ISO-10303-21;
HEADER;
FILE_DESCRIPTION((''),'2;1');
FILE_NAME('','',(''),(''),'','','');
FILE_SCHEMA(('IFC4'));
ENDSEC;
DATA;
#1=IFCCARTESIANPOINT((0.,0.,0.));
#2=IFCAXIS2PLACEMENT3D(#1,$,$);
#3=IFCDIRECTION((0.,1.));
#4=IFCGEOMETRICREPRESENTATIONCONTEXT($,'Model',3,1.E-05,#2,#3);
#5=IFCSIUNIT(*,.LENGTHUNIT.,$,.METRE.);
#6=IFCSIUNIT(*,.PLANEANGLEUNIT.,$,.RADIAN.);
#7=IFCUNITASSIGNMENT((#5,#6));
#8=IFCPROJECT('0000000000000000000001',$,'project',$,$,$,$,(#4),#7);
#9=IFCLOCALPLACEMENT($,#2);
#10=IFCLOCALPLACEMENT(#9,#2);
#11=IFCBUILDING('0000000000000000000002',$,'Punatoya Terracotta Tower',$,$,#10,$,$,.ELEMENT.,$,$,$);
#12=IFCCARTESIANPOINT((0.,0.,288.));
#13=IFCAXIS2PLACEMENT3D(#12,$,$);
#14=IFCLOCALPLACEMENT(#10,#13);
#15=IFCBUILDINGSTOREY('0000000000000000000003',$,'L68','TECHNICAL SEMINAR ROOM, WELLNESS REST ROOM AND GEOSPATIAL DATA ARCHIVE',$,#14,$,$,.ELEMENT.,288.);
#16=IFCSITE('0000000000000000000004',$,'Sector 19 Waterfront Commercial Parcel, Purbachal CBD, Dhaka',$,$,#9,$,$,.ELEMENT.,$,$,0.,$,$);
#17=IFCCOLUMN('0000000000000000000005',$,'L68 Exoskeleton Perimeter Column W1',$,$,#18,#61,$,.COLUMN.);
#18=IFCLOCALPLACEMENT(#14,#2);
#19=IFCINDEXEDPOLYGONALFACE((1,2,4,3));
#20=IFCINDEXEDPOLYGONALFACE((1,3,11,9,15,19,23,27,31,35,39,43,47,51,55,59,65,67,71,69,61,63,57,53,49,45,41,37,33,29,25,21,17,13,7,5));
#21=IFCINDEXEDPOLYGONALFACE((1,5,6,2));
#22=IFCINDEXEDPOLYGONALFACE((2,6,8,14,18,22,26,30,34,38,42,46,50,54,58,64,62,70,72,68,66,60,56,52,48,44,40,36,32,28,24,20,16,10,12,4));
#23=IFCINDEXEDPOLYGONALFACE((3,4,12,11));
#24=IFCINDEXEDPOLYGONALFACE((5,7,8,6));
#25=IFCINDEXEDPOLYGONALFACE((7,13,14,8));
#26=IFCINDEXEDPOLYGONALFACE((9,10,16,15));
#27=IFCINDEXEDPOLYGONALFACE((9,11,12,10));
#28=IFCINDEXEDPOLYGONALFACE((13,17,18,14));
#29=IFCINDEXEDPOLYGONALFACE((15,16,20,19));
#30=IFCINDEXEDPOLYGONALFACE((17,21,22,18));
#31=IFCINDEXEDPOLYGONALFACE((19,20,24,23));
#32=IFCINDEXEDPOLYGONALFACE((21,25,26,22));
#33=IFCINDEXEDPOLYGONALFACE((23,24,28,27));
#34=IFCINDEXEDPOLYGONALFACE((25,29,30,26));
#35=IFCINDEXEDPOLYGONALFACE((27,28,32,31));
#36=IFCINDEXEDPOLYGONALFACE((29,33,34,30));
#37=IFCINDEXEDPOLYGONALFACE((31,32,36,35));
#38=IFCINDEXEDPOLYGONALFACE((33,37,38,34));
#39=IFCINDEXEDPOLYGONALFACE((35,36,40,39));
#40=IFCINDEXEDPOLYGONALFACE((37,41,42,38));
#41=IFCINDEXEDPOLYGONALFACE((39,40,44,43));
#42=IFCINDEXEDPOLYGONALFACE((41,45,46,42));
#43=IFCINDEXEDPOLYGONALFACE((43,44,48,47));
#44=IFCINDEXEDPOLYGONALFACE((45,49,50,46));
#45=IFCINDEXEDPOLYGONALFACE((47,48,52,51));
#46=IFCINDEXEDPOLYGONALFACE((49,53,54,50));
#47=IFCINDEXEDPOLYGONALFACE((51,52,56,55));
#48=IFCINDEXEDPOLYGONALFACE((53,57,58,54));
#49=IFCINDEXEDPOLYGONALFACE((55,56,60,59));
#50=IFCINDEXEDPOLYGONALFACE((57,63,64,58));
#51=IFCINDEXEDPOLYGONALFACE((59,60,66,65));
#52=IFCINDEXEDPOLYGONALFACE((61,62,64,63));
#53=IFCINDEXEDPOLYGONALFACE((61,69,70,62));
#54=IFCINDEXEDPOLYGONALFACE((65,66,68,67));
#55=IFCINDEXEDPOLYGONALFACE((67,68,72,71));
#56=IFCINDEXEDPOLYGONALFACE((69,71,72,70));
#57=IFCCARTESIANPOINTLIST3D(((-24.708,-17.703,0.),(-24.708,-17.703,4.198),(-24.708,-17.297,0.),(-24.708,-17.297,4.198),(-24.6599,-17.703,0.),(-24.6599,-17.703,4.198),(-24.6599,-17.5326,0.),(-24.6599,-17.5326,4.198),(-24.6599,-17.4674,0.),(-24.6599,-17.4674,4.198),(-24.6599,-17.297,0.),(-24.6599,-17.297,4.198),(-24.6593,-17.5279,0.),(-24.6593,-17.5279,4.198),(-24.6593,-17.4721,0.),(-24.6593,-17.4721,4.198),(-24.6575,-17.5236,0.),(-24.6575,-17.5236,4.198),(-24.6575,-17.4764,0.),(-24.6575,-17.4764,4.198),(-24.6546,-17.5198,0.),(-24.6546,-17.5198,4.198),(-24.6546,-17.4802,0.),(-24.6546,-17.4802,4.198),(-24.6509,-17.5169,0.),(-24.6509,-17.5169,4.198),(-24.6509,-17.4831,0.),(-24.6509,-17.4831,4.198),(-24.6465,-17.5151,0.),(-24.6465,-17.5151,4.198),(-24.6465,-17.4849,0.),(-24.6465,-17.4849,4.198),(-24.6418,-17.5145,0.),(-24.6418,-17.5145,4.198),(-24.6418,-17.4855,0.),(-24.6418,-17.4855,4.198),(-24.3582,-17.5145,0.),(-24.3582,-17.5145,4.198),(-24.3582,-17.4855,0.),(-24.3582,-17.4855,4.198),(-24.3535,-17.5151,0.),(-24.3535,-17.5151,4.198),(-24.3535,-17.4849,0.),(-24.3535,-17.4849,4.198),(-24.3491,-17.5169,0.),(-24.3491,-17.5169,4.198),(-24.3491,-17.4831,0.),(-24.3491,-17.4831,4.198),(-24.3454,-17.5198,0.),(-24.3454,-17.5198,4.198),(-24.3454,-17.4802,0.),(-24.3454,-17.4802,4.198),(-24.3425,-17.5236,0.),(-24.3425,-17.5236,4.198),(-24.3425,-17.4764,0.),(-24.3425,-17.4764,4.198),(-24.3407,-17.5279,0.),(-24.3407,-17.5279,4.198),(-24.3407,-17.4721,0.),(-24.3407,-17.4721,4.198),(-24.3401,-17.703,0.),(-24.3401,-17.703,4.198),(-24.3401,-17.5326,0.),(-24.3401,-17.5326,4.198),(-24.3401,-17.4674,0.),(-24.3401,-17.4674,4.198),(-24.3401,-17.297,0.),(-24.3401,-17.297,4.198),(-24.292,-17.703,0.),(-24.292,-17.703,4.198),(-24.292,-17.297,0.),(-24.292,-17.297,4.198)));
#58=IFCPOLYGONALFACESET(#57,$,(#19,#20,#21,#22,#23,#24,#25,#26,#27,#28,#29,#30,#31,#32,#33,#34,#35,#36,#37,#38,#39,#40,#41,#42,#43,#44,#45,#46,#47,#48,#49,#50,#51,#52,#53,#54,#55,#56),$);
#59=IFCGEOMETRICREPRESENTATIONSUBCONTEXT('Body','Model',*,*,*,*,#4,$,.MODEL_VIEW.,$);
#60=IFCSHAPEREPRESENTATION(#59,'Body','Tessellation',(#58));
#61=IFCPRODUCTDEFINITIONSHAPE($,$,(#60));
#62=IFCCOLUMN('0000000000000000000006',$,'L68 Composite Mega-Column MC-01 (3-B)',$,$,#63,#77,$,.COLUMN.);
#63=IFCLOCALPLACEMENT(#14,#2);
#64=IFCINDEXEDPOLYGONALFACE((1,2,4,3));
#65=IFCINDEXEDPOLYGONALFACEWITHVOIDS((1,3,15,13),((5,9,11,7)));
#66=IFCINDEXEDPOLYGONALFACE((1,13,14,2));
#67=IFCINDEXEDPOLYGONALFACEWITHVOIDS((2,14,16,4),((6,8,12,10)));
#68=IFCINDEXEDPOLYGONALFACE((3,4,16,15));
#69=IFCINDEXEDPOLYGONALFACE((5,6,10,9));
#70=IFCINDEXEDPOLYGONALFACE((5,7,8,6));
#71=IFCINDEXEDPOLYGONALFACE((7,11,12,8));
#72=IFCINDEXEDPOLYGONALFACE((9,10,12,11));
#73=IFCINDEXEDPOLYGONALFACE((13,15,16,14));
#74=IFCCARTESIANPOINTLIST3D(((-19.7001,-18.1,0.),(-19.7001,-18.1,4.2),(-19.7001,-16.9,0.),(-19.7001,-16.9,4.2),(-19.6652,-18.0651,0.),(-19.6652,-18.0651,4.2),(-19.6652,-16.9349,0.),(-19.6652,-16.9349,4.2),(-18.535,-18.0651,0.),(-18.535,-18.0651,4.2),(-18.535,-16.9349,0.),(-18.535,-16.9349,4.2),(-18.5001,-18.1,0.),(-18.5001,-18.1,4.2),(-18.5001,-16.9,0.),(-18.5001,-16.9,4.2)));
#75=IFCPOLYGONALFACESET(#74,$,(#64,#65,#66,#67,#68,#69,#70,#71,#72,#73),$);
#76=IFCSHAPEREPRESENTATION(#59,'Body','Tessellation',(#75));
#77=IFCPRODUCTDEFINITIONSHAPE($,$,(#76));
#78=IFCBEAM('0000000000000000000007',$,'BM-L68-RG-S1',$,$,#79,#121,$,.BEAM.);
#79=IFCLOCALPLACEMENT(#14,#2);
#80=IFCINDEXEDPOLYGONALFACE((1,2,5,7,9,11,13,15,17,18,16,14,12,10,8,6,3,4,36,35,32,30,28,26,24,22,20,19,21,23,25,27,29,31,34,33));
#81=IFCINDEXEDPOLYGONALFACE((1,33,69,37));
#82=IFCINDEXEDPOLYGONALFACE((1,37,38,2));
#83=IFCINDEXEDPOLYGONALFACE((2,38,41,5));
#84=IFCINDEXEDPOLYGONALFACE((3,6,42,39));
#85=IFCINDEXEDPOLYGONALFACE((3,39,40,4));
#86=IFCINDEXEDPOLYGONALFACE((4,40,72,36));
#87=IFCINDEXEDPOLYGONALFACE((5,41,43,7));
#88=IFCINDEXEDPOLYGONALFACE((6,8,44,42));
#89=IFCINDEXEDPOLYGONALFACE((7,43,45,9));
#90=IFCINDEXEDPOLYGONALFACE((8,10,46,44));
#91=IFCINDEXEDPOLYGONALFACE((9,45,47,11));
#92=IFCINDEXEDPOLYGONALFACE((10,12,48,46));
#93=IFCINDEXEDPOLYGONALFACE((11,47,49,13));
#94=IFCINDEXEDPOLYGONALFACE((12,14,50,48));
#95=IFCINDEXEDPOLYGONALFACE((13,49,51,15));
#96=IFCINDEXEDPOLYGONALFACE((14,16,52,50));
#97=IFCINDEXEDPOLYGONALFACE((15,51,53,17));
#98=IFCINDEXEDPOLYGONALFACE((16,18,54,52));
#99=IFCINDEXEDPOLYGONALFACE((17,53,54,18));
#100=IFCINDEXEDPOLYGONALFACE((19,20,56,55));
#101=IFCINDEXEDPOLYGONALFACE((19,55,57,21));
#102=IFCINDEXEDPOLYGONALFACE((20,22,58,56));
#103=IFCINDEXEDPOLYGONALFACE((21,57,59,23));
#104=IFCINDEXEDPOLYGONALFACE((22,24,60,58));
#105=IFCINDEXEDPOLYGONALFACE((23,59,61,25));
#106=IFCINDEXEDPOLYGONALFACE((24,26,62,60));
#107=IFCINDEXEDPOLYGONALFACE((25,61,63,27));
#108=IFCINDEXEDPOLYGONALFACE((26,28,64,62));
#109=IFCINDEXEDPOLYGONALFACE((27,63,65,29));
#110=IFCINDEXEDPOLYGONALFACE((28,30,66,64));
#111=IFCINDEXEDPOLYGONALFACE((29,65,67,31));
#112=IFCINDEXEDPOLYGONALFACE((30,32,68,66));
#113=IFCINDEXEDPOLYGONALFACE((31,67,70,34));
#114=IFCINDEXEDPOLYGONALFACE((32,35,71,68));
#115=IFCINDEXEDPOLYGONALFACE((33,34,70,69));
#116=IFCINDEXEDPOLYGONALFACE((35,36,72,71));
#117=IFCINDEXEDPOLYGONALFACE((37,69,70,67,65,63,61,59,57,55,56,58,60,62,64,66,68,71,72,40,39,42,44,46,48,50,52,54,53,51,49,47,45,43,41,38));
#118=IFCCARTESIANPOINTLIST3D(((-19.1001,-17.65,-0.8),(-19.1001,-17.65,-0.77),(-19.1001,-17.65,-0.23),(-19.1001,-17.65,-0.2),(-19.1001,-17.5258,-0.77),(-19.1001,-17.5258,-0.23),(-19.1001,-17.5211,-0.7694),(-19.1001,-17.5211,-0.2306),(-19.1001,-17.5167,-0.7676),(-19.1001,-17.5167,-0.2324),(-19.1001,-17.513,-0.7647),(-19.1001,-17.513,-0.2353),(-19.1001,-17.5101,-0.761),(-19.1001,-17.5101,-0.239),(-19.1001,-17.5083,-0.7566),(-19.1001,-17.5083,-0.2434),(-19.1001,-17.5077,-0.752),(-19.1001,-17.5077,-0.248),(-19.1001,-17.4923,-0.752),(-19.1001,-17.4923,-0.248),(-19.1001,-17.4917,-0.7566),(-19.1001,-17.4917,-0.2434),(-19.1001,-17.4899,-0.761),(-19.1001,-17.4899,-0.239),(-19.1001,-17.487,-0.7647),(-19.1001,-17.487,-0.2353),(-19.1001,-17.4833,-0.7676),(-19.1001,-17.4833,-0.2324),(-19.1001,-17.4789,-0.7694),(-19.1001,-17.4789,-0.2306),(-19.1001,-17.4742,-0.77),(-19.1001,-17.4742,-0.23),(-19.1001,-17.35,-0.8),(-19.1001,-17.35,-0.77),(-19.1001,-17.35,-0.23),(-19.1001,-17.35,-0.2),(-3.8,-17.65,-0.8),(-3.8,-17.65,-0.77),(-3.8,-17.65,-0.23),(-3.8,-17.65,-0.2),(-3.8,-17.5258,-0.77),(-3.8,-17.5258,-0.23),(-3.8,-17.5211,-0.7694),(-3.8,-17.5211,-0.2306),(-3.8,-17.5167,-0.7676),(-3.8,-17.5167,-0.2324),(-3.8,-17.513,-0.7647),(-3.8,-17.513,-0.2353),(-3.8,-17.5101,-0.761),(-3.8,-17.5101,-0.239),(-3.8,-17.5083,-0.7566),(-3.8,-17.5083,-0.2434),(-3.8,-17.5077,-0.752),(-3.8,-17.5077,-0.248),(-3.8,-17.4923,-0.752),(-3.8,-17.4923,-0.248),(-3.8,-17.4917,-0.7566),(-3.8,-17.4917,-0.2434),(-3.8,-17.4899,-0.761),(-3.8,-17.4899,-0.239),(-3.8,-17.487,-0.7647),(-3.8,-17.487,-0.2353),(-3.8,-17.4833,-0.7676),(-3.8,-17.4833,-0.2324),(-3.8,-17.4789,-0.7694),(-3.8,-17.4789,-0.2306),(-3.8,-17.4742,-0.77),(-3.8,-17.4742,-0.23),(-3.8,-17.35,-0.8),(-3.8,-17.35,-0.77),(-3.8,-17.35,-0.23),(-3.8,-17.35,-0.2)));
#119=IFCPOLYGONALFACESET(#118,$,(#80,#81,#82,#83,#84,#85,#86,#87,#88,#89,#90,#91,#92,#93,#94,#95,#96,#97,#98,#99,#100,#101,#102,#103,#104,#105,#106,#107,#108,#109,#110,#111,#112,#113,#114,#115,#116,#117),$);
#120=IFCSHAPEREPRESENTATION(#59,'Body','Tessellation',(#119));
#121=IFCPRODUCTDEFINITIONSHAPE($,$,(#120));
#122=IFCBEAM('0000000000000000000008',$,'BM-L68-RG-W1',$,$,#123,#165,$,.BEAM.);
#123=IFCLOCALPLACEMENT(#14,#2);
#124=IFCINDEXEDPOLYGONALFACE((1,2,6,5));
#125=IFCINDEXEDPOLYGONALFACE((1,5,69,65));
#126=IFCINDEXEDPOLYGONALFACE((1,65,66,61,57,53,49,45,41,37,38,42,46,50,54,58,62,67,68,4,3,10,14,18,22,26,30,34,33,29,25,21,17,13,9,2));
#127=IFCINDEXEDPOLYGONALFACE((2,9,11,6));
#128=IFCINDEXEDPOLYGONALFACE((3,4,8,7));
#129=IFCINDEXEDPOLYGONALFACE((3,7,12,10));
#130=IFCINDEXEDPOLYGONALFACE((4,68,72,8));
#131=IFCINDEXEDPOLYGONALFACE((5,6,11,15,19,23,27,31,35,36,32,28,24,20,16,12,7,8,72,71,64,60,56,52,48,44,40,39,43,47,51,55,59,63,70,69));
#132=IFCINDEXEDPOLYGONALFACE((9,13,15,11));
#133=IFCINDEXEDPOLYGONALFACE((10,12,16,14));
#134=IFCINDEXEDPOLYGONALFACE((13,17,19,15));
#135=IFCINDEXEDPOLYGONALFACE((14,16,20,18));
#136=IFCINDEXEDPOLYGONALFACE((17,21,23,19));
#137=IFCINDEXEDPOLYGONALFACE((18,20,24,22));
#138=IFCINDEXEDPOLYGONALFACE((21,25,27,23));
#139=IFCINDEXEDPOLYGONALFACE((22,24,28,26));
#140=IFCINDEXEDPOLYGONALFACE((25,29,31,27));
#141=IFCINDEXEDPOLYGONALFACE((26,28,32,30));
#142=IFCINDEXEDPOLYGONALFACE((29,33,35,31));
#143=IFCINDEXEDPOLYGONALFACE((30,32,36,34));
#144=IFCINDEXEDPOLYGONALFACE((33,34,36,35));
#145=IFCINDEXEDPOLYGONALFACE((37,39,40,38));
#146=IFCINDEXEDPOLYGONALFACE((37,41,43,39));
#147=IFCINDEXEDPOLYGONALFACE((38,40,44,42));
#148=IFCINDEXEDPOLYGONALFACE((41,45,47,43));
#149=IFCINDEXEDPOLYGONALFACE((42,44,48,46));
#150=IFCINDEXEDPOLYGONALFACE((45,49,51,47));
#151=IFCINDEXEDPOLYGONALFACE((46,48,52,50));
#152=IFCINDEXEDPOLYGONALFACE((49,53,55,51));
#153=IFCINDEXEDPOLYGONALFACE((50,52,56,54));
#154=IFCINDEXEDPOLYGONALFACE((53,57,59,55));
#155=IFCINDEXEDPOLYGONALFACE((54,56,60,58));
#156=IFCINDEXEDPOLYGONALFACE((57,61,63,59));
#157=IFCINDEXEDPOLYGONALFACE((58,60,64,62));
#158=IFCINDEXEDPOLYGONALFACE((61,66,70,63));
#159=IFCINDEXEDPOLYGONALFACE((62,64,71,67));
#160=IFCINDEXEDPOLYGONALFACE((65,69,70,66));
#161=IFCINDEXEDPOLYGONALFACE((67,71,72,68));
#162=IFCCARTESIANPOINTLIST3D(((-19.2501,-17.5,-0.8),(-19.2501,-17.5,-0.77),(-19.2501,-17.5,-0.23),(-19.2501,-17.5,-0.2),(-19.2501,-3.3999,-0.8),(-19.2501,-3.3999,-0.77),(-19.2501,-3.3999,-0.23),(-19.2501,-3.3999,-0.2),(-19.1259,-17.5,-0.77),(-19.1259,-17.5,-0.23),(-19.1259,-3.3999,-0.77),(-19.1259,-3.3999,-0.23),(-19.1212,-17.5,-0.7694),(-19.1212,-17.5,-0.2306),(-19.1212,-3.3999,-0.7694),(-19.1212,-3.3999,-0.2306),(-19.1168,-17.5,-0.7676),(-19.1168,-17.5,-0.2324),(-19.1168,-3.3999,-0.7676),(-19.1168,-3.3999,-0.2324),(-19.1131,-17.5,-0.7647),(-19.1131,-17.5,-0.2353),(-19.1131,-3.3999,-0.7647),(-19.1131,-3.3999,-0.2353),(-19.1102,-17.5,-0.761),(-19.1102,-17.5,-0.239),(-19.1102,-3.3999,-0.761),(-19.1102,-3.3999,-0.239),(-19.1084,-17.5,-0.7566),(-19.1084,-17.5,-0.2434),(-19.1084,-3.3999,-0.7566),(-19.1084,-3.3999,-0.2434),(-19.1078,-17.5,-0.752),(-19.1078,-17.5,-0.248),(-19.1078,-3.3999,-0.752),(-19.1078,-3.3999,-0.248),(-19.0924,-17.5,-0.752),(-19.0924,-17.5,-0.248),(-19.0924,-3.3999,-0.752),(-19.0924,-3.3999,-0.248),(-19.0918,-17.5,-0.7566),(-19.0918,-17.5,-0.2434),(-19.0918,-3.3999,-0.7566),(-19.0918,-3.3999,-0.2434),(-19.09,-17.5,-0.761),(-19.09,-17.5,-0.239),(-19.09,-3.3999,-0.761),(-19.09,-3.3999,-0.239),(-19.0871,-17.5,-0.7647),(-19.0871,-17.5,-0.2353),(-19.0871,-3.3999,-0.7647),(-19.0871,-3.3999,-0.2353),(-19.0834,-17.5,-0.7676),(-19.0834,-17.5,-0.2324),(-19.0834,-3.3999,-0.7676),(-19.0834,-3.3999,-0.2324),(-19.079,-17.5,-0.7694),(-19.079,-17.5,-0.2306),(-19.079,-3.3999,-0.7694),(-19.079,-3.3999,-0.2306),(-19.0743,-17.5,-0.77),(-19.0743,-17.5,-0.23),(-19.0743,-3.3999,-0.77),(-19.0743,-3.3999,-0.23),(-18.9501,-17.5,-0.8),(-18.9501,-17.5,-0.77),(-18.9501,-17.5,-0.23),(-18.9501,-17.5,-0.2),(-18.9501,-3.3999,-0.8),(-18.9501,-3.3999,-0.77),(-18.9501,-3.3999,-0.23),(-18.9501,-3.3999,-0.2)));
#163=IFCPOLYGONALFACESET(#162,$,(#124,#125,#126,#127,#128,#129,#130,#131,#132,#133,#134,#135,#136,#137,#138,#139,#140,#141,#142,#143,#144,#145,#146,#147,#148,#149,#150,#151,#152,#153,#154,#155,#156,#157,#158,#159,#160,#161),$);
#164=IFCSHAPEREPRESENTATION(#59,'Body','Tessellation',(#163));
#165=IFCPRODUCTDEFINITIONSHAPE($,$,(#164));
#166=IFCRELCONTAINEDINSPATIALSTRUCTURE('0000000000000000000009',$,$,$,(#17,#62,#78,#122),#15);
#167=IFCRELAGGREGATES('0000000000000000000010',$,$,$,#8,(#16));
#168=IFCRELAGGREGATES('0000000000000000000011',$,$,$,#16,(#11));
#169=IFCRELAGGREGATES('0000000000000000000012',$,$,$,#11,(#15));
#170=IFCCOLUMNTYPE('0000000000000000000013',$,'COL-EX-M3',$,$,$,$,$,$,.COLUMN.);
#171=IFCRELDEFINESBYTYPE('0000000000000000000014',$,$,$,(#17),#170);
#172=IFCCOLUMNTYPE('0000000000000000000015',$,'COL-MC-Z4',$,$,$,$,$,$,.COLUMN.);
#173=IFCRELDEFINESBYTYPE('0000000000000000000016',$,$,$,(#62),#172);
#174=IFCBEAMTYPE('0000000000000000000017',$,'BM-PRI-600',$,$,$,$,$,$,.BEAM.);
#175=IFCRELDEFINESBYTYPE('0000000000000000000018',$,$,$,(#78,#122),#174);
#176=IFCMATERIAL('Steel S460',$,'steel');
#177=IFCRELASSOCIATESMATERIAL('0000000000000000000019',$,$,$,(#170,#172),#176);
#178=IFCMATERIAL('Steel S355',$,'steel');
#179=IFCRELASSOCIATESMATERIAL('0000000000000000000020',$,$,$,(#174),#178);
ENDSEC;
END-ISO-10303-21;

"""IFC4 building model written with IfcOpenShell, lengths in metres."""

from ifc_helpers import new_model, si_unit, direction, frame, origin, origin_2d, place, context, subcontext, project, spatial, hollow_rectangle, i_section, extrude, material, material_profile, profile_set, type_object, element, save


model = new_model("IFC4")

# Units and contexts
model_context = context("Model", 3, precision=1e-05, world=origin(), true_north=direction((0.0, 1.0)))
body_context = subcontext(model_context, "Body", "Model", "MODEL_VIEW")
ifc_project = project(units=[si_unit("LENGTHUNIT", "METRE"), si_unit("PLANEANGLEUNIT", "RADIAN")], contexts=[model_context])

# Site, building, storey
site_placement = place(None, origin())
site = spatial("IfcSite", under=ifc_project, at=site_placement, Name="Sector 19 Waterfront Commercial Parcel, Purbachal CBD, Dhaka", CompositionType="ELEMENT", RefElevation=0.0)
building_placement = place(site_placement, origin())
building = spatial("IfcBuilding", under=site, at=building_placement, Name="Punatoya Terracotta Tower", CompositionType="ELEMENT")
storey_placement = place(building_placement, frame((0.0, 0.0, 288.0)))
storey = spatial("IfcBuildingStorey", under=building, at=storey_placement, Name="L68", Description="TECHNICAL SEMINAR ROOM, WELLNESS REST ROOM AND GEOSPATIAL DATA ARCHIVE", CompositionType="ELEMENT", Elevation=288.0)

# Columns
ifc_material_1 = material(Name="Steel S460", Category="steel")
ifc_material_profile_1 = material_profile(ifc_material_1, i_section(OverallWidth=0.406, OverallDepth=0.416, WebThickness=0.0291, FlangeThickness=0.0481, FilletRadius=0.0181, at=origin_2d()))
ifc_profile_set_1 = profile_set([ifc_material_profile_1], Name="Steel S460")
column_type_1 = type_object("IfcColumnType", Name="COL-EX-M3", PredefinedType="COLUMN", material=ifc_profile_set_1)
column_1_placement = place(storey_placement, frame((-24.5, -17.5, 0.0), z_axis=(0.0, 0.0, 1.0), x_axis=(0.0, 1.0, 0.0)))
element("IfcColumn", 1, at=column_1_placement, inside=storey, type_object=column_type_1, Name="L68 Exoskeleton Perimeter Column W1", PredefinedType="COLUMN", context=body_context, shape_type="SweptSolid", body=[
    extrude(i_section(OverallWidth=0.406, OverallDepth=0.416, WebThickness=0.0291, FlangeThickness=0.0481, FilletRadius=0.0181, at=origin_2d()), origin(), (0.0, 0.0, 1.0), 4.198),
])
ifc_material_profile_2 = material_profile(ifc_material_1, hollow_rectangle(XDim=1.2, YDim=1.2, WallThickness=0.0349, at=origin_2d()))
ifc_profile_set_2 = profile_set([ifc_material_profile_2], Name="Steel S460")
column_type_2 = type_object("IfcColumnType", Name="COL-MC-Z4", PredefinedType="COLUMN", material=ifc_profile_set_2)
column_2_placement = place(storey_placement, frame((-19.1001, -17.5, 0.0), z_axis=(0.0, 0.0, 1.0), x_axis=(1.0, 0.0, 0.0)))
element("IfcColumn", 2, at=column_2_placement, inside=storey, type_object=column_type_2, Name="L68 Composite Mega-Column MC-01 (3-B)", PredefinedType="COLUMN", context=body_context, shape_type="SweptSolid", body=[
    extrude(hollow_rectangle(XDim=1.2, YDim=1.2, WallThickness=0.0349, at=origin_2d()), origin(), (0.0, 0.0, 1.0), 4.2),
])

# Beams
ifc_material_2 = material(Name="Steel S355", Category="steel")
ifc_material_profile_3 = material_profile(ifc_material_2, i_section(OverallWidth=0.3, OverallDepth=0.6001, WebThickness=0.0154, FlangeThickness=0.03, FilletRadius=0.0181, at=origin_2d()))
ifc_profile_set_3 = profile_set([ifc_material_profile_3], Name="Steel S355")
beam_type_1 = type_object("IfcBeamType", Name="BM-PRI-600", PredefinedType="BEAM", material=ifc_profile_set_3)
beam_1_placement = place(storey_placement, frame((-19.1001, -17.5, -0.5), z_axis=(1.0, 0.0, 0.0), x_axis=(0.0, 1.0, 0.0)))
element("IfcBeam", 3, at=beam_1_placement, inside=storey, type_object=beam_type_1, Name="BM-L68-RG-S1", PredefinedType="BEAM", context=body_context, shape_type="SweptSolid", body=[
    extrude(i_section(OverallWidth=0.3, OverallDepth=0.6001, WebThickness=0.0154, FlangeThickness=0.03, FilletRadius=0.0181, at=origin_2d()), origin(), (0.0, 0.0, 1.0), 15.3),
])
beam_2_placement = place(storey_placement, frame((-19.1001, -17.5, -0.5), z_axis=(0.0, 1.0, 0.0), x_axis=(-1.0, 0.0, 0.0)))
element("IfcBeam", 4, at=beam_2_placement, inside=storey, type_object=beam_type_1, Name="BM-L68-RG-W1", PredefinedType="BEAM", context=body_context, shape_type="SweptSolid", body=[
    extrude(i_section(OverallWidth=0.3, OverallDepth=0.6001, WebThickness=0.0154, FlangeThickness=0.03, FilletRadius=0.0181, at=origin_2d()), origin(), (0.0, 0.0, 1.0), 14.1001),
])

save(model, "model.ifc")
